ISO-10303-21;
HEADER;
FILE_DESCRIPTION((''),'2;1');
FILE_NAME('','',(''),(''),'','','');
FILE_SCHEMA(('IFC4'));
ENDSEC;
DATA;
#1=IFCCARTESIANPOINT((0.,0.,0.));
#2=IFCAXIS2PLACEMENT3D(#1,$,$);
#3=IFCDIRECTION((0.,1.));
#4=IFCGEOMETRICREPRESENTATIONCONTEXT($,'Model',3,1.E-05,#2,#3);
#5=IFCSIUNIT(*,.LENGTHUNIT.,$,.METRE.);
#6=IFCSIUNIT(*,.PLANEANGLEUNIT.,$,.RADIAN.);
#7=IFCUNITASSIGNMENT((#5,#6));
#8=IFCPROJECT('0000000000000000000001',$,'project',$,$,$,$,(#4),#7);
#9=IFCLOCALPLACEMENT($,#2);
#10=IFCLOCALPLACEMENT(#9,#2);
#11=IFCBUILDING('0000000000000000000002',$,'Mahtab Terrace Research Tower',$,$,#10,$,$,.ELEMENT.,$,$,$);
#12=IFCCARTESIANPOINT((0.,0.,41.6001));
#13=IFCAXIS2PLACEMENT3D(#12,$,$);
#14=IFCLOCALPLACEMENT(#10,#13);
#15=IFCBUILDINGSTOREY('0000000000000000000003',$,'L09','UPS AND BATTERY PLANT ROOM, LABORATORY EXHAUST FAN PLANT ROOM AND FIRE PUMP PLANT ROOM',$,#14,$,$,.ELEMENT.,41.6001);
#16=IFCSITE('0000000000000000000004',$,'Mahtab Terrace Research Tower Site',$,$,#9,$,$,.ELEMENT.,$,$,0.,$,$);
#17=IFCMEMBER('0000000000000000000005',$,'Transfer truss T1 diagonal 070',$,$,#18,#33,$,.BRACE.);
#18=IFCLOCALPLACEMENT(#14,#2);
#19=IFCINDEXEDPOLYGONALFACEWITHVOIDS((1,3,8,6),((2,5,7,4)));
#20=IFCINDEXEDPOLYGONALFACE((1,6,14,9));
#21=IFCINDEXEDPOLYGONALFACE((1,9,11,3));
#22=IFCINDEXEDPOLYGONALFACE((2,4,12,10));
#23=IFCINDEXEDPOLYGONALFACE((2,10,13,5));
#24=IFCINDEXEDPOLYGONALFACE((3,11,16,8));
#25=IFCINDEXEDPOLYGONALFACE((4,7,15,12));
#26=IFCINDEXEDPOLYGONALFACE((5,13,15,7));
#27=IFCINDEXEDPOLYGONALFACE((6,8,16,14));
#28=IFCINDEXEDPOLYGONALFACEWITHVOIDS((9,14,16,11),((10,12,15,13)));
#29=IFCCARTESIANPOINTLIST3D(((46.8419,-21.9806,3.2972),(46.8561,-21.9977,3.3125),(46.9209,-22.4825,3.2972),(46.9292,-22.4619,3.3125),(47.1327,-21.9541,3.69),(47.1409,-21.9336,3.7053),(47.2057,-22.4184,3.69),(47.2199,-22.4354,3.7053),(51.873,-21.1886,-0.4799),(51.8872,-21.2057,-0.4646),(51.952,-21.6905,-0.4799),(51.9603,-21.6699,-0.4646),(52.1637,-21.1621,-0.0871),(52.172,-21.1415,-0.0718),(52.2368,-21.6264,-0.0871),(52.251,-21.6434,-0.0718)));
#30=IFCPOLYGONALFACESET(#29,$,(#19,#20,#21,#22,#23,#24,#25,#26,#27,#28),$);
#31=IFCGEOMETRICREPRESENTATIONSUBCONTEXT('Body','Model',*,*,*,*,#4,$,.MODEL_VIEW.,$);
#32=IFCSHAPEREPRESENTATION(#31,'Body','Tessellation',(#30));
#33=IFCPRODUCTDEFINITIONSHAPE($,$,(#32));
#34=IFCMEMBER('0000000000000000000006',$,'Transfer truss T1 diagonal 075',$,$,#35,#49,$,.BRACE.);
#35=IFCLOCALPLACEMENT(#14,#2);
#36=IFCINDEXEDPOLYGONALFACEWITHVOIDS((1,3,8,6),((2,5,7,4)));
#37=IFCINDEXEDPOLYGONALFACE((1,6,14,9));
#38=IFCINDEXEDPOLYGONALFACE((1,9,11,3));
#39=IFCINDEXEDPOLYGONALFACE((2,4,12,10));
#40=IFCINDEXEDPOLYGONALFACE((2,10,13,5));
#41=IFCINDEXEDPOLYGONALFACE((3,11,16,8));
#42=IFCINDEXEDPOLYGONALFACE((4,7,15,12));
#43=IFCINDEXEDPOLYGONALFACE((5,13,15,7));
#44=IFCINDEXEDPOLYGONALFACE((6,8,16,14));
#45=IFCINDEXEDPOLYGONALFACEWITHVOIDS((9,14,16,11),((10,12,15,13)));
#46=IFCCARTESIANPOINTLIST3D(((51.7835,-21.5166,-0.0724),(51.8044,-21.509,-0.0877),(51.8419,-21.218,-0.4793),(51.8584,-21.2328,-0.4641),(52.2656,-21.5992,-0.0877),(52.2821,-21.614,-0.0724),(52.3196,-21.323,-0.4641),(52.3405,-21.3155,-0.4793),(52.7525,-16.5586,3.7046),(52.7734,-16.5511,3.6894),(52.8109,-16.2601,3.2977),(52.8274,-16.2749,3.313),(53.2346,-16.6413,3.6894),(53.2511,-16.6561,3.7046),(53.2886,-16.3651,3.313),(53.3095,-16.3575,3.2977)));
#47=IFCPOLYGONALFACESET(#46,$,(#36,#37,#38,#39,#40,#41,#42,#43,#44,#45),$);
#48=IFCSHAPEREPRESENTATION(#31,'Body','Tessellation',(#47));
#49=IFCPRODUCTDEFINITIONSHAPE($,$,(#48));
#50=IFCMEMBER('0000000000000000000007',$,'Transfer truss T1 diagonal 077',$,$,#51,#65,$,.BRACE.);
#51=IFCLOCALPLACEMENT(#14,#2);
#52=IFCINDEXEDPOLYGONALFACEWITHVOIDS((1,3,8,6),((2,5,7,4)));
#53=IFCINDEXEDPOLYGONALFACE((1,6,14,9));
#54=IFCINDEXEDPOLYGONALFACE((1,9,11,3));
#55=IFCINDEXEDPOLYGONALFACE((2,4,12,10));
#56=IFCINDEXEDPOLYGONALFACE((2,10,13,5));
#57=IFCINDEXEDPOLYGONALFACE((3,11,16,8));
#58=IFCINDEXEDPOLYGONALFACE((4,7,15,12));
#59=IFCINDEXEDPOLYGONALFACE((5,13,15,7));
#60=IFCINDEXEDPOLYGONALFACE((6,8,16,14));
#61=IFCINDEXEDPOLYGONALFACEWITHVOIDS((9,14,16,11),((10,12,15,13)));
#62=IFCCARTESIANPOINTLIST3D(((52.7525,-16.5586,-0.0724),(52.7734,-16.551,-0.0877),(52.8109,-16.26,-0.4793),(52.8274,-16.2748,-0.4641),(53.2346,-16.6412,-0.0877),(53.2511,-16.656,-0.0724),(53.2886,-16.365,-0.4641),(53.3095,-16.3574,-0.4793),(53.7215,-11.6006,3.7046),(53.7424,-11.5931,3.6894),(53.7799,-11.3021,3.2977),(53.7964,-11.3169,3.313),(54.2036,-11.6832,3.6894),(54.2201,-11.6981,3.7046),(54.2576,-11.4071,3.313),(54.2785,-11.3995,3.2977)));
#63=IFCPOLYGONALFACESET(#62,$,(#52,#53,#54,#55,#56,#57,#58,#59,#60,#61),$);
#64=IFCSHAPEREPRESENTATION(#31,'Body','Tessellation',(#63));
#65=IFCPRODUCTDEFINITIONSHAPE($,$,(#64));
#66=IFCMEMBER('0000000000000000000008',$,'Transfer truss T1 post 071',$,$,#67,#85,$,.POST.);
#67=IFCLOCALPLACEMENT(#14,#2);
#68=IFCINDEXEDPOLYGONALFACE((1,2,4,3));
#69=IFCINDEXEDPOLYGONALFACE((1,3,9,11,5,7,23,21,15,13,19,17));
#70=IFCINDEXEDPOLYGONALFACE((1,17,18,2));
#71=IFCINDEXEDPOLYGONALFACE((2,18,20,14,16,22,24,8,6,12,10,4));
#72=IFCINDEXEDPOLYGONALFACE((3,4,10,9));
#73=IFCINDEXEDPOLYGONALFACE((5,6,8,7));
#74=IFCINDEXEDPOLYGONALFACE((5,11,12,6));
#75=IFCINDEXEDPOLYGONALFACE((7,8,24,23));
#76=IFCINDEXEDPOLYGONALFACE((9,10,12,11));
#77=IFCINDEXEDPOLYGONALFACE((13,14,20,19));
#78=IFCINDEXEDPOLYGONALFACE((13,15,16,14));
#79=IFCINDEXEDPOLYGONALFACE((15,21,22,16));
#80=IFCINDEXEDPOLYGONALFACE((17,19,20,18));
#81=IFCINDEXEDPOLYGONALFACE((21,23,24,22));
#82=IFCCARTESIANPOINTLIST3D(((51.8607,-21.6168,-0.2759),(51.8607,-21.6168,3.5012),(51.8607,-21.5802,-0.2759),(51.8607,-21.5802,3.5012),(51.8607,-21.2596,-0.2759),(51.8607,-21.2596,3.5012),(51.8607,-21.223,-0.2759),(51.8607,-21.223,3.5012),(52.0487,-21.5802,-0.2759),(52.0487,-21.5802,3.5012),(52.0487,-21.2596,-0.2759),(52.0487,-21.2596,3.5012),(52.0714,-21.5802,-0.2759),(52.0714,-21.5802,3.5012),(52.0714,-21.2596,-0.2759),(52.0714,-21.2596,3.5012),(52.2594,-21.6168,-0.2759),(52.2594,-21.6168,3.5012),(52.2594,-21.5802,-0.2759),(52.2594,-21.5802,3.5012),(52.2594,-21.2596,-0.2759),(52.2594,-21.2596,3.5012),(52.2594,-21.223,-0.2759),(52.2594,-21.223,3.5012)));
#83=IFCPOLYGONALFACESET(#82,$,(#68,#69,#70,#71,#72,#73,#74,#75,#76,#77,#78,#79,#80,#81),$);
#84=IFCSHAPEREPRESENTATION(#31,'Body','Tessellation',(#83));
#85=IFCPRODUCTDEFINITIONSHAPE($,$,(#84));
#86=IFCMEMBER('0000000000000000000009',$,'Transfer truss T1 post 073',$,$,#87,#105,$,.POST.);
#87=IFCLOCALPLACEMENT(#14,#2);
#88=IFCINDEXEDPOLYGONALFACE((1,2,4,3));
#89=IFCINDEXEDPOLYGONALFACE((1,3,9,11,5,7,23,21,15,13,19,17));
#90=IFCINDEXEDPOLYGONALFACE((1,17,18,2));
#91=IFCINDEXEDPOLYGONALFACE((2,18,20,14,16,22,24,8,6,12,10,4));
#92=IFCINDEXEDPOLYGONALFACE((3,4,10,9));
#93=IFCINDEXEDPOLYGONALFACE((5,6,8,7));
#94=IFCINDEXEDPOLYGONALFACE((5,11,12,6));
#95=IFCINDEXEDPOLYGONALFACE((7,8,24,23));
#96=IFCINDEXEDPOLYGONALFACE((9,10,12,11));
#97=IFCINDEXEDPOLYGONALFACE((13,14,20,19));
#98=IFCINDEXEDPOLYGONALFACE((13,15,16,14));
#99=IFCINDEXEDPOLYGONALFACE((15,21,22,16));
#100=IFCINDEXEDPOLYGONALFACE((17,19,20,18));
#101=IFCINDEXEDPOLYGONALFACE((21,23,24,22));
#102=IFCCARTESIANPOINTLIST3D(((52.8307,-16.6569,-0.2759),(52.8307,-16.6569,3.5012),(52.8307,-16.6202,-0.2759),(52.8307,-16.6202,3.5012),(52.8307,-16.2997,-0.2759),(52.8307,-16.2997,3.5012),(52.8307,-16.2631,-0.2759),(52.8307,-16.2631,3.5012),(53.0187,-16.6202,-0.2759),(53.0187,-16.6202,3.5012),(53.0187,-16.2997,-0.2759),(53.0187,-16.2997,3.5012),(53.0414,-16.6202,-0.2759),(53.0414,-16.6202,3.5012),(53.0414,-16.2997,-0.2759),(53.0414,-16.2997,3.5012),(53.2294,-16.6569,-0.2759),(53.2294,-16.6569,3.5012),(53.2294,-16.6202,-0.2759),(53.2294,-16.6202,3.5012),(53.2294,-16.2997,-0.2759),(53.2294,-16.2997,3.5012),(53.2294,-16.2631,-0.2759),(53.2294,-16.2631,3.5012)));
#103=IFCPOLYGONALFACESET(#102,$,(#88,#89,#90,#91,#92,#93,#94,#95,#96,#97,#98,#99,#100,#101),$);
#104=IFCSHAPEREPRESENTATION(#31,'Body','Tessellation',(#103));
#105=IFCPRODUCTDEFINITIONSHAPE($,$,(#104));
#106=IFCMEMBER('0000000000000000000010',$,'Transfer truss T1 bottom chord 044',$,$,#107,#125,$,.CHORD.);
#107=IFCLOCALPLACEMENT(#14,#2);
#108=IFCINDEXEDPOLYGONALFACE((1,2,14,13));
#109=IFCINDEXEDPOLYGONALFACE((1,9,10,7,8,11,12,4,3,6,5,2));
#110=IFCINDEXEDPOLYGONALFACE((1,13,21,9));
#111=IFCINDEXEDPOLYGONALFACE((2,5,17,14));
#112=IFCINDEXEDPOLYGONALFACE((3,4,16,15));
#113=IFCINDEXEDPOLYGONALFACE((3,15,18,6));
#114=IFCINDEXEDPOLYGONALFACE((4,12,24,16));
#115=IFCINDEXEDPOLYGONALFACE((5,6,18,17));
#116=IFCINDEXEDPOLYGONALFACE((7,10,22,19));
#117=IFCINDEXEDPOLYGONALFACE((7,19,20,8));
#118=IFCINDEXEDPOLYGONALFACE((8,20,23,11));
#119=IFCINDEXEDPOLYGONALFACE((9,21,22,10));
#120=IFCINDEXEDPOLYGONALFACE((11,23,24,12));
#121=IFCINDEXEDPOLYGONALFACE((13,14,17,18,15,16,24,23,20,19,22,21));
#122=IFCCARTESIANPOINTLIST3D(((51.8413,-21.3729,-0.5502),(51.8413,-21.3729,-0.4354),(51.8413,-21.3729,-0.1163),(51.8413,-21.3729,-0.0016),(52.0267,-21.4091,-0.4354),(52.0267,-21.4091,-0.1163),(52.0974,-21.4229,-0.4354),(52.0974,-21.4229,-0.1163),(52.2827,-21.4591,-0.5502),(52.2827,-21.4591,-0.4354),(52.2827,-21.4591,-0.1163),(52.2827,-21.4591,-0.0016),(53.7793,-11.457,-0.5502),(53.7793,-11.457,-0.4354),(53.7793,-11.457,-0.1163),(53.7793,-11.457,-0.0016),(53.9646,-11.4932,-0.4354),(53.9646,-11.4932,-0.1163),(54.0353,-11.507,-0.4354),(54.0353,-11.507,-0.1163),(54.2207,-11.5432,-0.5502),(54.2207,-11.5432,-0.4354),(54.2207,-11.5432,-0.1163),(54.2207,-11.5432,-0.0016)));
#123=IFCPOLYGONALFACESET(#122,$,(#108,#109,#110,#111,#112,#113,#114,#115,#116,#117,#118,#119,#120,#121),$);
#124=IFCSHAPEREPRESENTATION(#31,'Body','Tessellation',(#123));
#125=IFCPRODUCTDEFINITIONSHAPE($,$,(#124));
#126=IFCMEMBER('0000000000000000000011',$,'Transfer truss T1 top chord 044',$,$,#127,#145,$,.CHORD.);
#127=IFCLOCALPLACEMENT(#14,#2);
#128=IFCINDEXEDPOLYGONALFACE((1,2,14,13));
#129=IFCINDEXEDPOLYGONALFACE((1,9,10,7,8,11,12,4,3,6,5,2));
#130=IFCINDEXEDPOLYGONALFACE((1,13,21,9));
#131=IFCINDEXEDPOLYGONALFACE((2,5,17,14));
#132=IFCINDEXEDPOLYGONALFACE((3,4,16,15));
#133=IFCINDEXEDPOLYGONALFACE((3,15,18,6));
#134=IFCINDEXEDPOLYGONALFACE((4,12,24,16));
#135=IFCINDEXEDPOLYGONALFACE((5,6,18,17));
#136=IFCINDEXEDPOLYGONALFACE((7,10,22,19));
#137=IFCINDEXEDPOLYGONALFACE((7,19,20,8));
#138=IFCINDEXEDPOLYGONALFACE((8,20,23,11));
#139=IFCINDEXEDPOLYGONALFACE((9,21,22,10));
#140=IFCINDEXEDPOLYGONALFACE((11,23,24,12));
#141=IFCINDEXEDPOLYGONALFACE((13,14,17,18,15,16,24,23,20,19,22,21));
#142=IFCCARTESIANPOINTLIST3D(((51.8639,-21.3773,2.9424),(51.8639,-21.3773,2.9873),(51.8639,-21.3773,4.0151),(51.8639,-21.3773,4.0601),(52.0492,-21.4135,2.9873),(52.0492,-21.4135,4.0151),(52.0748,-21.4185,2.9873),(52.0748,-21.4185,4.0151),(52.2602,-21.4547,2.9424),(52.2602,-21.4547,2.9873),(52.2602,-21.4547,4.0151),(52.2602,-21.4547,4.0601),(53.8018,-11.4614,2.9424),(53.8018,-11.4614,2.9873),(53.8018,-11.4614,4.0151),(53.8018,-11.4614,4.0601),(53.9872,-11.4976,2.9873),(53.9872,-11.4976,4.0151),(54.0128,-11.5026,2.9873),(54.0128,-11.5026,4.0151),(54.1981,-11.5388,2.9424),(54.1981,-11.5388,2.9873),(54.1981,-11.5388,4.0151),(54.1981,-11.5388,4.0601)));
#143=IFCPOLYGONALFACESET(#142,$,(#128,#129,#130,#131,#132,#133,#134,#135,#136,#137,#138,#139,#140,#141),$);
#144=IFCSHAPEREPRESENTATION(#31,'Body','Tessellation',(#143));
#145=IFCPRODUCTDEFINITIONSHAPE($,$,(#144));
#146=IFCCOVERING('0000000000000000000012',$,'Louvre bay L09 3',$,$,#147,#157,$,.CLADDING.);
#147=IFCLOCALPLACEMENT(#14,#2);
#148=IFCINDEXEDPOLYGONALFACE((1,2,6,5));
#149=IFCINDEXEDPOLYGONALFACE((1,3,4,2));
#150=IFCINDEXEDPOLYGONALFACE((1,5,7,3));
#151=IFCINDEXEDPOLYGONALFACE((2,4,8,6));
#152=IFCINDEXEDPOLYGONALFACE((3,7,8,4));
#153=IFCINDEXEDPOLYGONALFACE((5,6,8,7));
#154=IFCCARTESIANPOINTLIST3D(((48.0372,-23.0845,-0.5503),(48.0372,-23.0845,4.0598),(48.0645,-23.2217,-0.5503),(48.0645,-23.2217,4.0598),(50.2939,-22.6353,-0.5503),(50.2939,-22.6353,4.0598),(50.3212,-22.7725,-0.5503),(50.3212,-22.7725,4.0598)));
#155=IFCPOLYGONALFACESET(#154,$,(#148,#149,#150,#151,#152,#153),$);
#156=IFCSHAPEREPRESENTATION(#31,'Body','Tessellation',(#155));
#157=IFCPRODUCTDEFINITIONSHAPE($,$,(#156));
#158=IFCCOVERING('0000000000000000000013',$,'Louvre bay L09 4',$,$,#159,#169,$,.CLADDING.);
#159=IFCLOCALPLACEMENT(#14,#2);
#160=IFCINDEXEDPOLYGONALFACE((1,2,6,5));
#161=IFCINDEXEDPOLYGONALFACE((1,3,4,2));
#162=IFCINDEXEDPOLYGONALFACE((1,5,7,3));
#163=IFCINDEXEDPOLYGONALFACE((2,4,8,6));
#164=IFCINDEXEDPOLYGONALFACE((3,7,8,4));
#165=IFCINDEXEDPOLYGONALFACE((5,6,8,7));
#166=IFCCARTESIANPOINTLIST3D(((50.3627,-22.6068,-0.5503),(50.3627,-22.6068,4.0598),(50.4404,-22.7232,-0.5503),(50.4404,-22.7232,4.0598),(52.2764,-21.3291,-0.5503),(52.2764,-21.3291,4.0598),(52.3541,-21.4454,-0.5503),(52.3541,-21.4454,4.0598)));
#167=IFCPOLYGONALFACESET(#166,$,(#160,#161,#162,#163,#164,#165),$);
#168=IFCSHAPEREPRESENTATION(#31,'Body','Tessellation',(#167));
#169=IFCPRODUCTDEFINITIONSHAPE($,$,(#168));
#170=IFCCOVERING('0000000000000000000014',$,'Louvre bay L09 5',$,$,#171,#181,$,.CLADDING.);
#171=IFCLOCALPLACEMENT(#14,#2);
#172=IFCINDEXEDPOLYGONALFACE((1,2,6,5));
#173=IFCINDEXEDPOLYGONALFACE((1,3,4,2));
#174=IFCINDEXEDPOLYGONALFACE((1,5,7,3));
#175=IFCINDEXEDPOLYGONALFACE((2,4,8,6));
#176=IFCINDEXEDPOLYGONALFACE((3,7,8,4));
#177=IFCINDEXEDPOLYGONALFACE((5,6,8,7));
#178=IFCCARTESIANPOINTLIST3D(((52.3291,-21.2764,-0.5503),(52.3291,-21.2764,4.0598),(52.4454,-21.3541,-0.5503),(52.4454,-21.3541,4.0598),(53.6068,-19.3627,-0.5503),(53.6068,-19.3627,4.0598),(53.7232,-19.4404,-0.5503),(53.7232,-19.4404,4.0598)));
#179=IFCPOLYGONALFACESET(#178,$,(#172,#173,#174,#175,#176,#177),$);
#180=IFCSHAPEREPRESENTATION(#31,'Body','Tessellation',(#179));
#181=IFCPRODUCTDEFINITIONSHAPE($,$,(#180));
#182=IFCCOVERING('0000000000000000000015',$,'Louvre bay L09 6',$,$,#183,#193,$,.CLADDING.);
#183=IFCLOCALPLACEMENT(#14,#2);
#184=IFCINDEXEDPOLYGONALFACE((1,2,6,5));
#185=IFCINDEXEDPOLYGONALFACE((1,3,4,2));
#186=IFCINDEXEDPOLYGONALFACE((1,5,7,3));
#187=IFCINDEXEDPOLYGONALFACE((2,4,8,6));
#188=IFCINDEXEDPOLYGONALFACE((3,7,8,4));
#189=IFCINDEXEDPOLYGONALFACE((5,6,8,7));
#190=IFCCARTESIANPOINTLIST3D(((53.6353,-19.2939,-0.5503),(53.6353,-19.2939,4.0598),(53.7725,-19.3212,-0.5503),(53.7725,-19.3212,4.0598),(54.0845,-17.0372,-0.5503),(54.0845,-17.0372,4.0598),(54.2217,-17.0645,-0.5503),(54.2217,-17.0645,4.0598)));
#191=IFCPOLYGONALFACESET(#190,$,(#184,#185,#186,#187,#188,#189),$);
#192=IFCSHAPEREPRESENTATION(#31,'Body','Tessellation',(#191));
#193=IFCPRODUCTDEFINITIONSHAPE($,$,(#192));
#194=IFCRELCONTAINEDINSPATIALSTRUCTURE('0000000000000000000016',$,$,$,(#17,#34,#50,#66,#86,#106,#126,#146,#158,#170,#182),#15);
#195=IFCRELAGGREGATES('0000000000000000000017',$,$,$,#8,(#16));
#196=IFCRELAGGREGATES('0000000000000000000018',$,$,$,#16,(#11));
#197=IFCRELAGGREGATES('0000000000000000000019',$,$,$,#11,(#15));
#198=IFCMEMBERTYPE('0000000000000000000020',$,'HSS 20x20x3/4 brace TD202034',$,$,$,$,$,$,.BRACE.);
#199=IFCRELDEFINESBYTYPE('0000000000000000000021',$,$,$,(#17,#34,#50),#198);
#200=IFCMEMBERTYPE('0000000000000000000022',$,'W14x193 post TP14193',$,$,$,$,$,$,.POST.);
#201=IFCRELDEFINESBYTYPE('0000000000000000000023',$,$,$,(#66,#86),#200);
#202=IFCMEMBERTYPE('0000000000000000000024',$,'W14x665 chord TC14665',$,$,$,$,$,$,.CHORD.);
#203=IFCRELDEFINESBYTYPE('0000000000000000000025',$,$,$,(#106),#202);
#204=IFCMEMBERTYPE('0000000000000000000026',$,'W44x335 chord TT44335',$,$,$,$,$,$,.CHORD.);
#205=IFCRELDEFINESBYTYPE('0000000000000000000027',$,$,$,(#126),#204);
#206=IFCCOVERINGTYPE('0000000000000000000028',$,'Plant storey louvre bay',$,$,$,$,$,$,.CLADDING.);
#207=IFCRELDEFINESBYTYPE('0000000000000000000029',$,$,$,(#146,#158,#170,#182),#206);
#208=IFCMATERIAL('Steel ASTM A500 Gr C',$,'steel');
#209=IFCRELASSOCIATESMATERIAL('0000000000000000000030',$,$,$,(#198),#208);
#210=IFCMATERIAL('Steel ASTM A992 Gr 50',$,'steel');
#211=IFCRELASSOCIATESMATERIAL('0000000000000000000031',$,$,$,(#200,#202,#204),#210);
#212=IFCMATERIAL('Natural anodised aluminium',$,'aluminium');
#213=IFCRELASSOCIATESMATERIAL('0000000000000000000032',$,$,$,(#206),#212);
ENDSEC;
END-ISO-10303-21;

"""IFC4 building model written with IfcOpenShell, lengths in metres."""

from ifc_helpers import new_model, si_unit, direction, frame, origin, origin_2d, place, context, subcontext, project, spatial, rectangle, hollow_rectangle, i_section, extrude, material, material_profile, profile_set, type_object, element, save


model = new_model("IFC4")

# Units and contexts
model_context = context("Model", 3, precision=1e-05, world=origin(), true_north=direction((0.0, 1.0)))
body_context = subcontext(model_context, "Body", "Model", "MODEL_VIEW")
ifc_project = project(units=[si_unit("LENGTHUNIT", "METRE"), si_unit("PLANEANGLEUNIT", "RADIAN")], contexts=[model_context])

# Site, building, storey
site_placement = place(None, origin())
site = spatial("IfcSite", under=ifc_project, at=site_placement, Name="Mahtab Terrace Research Tower Site", CompositionType="ELEMENT", RefElevation=0.0)
building_placement = place(site_placement, origin())
building = spatial("IfcBuilding", under=site, at=building_placement, Name="Mahtab Terrace Research Tower", CompositionType="ELEMENT")
storey_placement = place(building_placement, frame((0.0, 0.0, 41.6001)))
storey = spatial("IfcBuildingStorey", under=building, at=storey_placement, Name="L09", Description="UPS AND BATTERY PLANT ROOM, LABORATORY EXHAUST FAN PLANT ROOM AND FIRE PUMP PLANT ROOM", CompositionType="ELEMENT", Elevation=41.6001)

# Members
ifc_material_1 = material(Name="Steel ASTM A500 Gr C", Category="steel")
ifc_material_profile_1 = material_profile(ifc_material_1, hollow_rectangle(XDim=0.5081, YDim=0.5081, WallThickness=0.019, at=origin_2d()), Name="HSS20X20X3/4")
ifc_profile_set_1 = profile_set([ifc_material_profile_1], Name="Steel ASTM A500 Gr C")
member_type_1 = type_object("IfcMemberType", Name="HSS 20x20x3/4 brace TD202034", PredefinedType="BRACE", material=ifc_profile_set_1)
member_1_placement = place(storey_placement, frame((52.062, -21.416, -0.2759), z_axis=(-0.793444, -0.124906, 0.595689), x_axis=(0.155507, -0.987835, 0.0)))
element("IfcMember", 1, at=member_1_placement, inside=storey, type_object=member_type_1, Name="Transfer truss T1 diagonal 070", PredefinedType="BRACE", context=body_context, shape_type="SweptSolid", body=[
    extrude(hollow_rectangle(XDim=0.5081, YDim=0.5081, WallThickness=0.019, at=origin_2d()), origin(), (0.0, 0.0, 1.0), 6.3408),
])
for number, where, z_axis, x_axis, name in (
    (2, (52.062, -21.416, -0.2759), (0.15362, 0.786023, 0.598806), (-0.981432, 0.191811, 0.0), "Transfer truss T1 diagonal 075"),
    (3, (53.031, -16.458, -0.2759), (0.15362, 0.786023, 0.598806), (-0.981432, 0.191811, 0.0), "Transfer truss T1 diagonal 077"),
):
    element("IfcMember", number, at=place(storey_placement, frame(where, z_axis=z_axis, x_axis=x_axis)), inside=storey, type_object=member_type_1, Name=name, PredefinedType="BRACE", context=body_context, shape_type="SweptSolid", body=[
        extrude(hollow_rectangle(XDim=0.5081, YDim=0.5081, WallThickness=0.019, at=origin_2d()), origin(), (0.0, 0.0, 1.0), 6.3076),
    ])
ifc_material_2 = material(Name="Steel ASTM A992 Gr 50", Category="steel")
ifc_material_profile_2 = material_profile(ifc_material_2, i_section(OverallWidth=0.3987, OverallDepth=0.3938, WebThickness=0.0227, FlangeThickness=0.0366, at=origin_2d()), Name="W14X193")
ifc_profile_set_2 = profile_set([ifc_material_profile_2], Name="Steel ASTM A992 Gr 50")
member_type_2 = type_object("IfcMemberType", Name="W14x193 post TP14193", PredefinedType="POST", material=ifc_profile_set_2)
for number, where, z_axis, x_axis, name in (
    (4, (52.0601, -21.4199, -0.2759), (0.0, 0.0, 1.0), (1.0, 0.0, 0.0), "Transfer truss T1 post 071"),
    (5, (53.03, -16.46, -0.2759), (0.0, 0.0, 1.0), (1.0, 0.0, 0.0), "Transfer truss T1 post 073"),
):
    element("IfcMember", number, at=place(storey_placement, frame(where, z_axis=z_axis, x_axis=x_axis)), inside=storey, type_object=member_type_2, Name=name, PredefinedType="POST", context=body_context, shape_type="SweptSolid", body=[
        extrude(i_section(OverallWidth=0.3987, OverallDepth=0.3938, WebThickness=0.0227, FlangeThickness=0.0366, at=origin_2d()), origin(), (0.0, 0.0, 1.0), 3.7771),
    ])
ifc_material_profile_3 = material_profile(ifc_material_2, i_section(OverallWidth=0.4497, OverallDepth=0.5486, WebThickness=0.072, FlangeThickness=0.1147, at=origin_2d()), Name="W14X665")
ifc_profile_set_3 = profile_set([ifc_material_profile_3], Name="Steel ASTM A992 Gr 50")
member_type_3 = type_object("IfcMemberType", Name="W14x665 chord TC14665", PredefinedType="CHORD", material=ifc_profile_set_3)
member_2_placement = place(storey_placement, frame((52.062, -21.416, -0.2759), z_axis=(0.191811, 0.981432, 0.0), x_axis=(-0.981432, 0.191811, 0.0)))
element("IfcMember", 6, at=member_2_placement, inside=storey, type_object=member_type_3, Name="Transfer truss T1 bottom chord 044", PredefinedType="CHORD", context=body_context, shape_type="SweptSolid", body=[
    extrude(i_section(OverallWidth=0.4497, OverallDepth=0.5486, WebThickness=0.072, FlangeThickness=0.1147, at=origin_2d()), origin(), (0.0, 0.0, 1.0), 10.1035),
])
ifc_material_profile_4 = material_profile(ifc_material_2, i_section(OverallWidth=0.4038, OverallDepth=1.1177, WebThickness=0.0261, FlangeThickness=0.0449, at=origin_2d()), Name="W44X335")
ifc_profile_set_4 = profile_set([ifc_material_profile_4], Name="Steel ASTM A992 Gr 50")
member_type_4 = type_object("IfcMemberType", Name="W44x335 chord TT44335", PredefinedType="CHORD", material=ifc_profile_set_4)
member_3_placement = place(storey_placement, frame((52.062, -21.416, 3.5012), z_axis=(0.191811, 0.981432, 0.0), x_axis=(-0.981432, 0.191811, 0.0)))
element("IfcMember", 7, at=member_3_placement, inside=storey, type_object=member_type_4, Name="Transfer truss T1 top chord 044", PredefinedType="CHORD", context=body_context, shape_type="SweptSolid", body=[
    extrude(i_section(OverallWidth=0.4038, OverallDepth=1.1177, WebThickness=0.0261, FlangeThickness=0.0449, at=origin_2d()), origin(), (0.0, 0.0, 1.0), 10.1035),
])

# Coverings
ifc_material_3 = material(Name="Natural anodised aluminium", Category="aluminium")
covering_type = type_object("IfcCoveringType", Name="Plant storey louvre bay", PredefinedType="CLADDING", material=ifc_material_3)
for number, where, z_axis, x_axis, name in (
    (8, (49.1792, -22.9285, -0.5503), (0.0, 0.0, 1.0), (0.980761, 0.195212, 0.0), "Louvre bay L09 3"),
    (9, (51.3584, -22.0261, -0.5503), (0.0, 0.0, 1.0), (0.831656, 0.555291, 0.0), "Louvre bay L09 4"),
    (10, (53.0261, -20.3584, -0.5503), (0.0, 0.0, 1.0), (0.555291, 0.831656, 0.0), "Louvre bay L09 5"),
    (11, (53.9285, -18.1792, -0.5503), (0.0, 0.0, 1.0), (0.195212, 0.980761, 0.0), "Louvre bay L09 6"),
):
    element("IfcCovering", number, at=place(storey_placement, frame(where, z_axis=z_axis, x_axis=x_axis)), inside=storey, type_object=covering_type, Name=name, PredefinedType="CLADDING", context=body_context, shape_type="SweptSolid", body=[
        extrude(rectangle(XDim=2.301, YDim=0.1399, at=origin_2d()), origin(), (0.0, 0.0, 1.0), 4.6101),
    ])

save(model, "model.ifc")
